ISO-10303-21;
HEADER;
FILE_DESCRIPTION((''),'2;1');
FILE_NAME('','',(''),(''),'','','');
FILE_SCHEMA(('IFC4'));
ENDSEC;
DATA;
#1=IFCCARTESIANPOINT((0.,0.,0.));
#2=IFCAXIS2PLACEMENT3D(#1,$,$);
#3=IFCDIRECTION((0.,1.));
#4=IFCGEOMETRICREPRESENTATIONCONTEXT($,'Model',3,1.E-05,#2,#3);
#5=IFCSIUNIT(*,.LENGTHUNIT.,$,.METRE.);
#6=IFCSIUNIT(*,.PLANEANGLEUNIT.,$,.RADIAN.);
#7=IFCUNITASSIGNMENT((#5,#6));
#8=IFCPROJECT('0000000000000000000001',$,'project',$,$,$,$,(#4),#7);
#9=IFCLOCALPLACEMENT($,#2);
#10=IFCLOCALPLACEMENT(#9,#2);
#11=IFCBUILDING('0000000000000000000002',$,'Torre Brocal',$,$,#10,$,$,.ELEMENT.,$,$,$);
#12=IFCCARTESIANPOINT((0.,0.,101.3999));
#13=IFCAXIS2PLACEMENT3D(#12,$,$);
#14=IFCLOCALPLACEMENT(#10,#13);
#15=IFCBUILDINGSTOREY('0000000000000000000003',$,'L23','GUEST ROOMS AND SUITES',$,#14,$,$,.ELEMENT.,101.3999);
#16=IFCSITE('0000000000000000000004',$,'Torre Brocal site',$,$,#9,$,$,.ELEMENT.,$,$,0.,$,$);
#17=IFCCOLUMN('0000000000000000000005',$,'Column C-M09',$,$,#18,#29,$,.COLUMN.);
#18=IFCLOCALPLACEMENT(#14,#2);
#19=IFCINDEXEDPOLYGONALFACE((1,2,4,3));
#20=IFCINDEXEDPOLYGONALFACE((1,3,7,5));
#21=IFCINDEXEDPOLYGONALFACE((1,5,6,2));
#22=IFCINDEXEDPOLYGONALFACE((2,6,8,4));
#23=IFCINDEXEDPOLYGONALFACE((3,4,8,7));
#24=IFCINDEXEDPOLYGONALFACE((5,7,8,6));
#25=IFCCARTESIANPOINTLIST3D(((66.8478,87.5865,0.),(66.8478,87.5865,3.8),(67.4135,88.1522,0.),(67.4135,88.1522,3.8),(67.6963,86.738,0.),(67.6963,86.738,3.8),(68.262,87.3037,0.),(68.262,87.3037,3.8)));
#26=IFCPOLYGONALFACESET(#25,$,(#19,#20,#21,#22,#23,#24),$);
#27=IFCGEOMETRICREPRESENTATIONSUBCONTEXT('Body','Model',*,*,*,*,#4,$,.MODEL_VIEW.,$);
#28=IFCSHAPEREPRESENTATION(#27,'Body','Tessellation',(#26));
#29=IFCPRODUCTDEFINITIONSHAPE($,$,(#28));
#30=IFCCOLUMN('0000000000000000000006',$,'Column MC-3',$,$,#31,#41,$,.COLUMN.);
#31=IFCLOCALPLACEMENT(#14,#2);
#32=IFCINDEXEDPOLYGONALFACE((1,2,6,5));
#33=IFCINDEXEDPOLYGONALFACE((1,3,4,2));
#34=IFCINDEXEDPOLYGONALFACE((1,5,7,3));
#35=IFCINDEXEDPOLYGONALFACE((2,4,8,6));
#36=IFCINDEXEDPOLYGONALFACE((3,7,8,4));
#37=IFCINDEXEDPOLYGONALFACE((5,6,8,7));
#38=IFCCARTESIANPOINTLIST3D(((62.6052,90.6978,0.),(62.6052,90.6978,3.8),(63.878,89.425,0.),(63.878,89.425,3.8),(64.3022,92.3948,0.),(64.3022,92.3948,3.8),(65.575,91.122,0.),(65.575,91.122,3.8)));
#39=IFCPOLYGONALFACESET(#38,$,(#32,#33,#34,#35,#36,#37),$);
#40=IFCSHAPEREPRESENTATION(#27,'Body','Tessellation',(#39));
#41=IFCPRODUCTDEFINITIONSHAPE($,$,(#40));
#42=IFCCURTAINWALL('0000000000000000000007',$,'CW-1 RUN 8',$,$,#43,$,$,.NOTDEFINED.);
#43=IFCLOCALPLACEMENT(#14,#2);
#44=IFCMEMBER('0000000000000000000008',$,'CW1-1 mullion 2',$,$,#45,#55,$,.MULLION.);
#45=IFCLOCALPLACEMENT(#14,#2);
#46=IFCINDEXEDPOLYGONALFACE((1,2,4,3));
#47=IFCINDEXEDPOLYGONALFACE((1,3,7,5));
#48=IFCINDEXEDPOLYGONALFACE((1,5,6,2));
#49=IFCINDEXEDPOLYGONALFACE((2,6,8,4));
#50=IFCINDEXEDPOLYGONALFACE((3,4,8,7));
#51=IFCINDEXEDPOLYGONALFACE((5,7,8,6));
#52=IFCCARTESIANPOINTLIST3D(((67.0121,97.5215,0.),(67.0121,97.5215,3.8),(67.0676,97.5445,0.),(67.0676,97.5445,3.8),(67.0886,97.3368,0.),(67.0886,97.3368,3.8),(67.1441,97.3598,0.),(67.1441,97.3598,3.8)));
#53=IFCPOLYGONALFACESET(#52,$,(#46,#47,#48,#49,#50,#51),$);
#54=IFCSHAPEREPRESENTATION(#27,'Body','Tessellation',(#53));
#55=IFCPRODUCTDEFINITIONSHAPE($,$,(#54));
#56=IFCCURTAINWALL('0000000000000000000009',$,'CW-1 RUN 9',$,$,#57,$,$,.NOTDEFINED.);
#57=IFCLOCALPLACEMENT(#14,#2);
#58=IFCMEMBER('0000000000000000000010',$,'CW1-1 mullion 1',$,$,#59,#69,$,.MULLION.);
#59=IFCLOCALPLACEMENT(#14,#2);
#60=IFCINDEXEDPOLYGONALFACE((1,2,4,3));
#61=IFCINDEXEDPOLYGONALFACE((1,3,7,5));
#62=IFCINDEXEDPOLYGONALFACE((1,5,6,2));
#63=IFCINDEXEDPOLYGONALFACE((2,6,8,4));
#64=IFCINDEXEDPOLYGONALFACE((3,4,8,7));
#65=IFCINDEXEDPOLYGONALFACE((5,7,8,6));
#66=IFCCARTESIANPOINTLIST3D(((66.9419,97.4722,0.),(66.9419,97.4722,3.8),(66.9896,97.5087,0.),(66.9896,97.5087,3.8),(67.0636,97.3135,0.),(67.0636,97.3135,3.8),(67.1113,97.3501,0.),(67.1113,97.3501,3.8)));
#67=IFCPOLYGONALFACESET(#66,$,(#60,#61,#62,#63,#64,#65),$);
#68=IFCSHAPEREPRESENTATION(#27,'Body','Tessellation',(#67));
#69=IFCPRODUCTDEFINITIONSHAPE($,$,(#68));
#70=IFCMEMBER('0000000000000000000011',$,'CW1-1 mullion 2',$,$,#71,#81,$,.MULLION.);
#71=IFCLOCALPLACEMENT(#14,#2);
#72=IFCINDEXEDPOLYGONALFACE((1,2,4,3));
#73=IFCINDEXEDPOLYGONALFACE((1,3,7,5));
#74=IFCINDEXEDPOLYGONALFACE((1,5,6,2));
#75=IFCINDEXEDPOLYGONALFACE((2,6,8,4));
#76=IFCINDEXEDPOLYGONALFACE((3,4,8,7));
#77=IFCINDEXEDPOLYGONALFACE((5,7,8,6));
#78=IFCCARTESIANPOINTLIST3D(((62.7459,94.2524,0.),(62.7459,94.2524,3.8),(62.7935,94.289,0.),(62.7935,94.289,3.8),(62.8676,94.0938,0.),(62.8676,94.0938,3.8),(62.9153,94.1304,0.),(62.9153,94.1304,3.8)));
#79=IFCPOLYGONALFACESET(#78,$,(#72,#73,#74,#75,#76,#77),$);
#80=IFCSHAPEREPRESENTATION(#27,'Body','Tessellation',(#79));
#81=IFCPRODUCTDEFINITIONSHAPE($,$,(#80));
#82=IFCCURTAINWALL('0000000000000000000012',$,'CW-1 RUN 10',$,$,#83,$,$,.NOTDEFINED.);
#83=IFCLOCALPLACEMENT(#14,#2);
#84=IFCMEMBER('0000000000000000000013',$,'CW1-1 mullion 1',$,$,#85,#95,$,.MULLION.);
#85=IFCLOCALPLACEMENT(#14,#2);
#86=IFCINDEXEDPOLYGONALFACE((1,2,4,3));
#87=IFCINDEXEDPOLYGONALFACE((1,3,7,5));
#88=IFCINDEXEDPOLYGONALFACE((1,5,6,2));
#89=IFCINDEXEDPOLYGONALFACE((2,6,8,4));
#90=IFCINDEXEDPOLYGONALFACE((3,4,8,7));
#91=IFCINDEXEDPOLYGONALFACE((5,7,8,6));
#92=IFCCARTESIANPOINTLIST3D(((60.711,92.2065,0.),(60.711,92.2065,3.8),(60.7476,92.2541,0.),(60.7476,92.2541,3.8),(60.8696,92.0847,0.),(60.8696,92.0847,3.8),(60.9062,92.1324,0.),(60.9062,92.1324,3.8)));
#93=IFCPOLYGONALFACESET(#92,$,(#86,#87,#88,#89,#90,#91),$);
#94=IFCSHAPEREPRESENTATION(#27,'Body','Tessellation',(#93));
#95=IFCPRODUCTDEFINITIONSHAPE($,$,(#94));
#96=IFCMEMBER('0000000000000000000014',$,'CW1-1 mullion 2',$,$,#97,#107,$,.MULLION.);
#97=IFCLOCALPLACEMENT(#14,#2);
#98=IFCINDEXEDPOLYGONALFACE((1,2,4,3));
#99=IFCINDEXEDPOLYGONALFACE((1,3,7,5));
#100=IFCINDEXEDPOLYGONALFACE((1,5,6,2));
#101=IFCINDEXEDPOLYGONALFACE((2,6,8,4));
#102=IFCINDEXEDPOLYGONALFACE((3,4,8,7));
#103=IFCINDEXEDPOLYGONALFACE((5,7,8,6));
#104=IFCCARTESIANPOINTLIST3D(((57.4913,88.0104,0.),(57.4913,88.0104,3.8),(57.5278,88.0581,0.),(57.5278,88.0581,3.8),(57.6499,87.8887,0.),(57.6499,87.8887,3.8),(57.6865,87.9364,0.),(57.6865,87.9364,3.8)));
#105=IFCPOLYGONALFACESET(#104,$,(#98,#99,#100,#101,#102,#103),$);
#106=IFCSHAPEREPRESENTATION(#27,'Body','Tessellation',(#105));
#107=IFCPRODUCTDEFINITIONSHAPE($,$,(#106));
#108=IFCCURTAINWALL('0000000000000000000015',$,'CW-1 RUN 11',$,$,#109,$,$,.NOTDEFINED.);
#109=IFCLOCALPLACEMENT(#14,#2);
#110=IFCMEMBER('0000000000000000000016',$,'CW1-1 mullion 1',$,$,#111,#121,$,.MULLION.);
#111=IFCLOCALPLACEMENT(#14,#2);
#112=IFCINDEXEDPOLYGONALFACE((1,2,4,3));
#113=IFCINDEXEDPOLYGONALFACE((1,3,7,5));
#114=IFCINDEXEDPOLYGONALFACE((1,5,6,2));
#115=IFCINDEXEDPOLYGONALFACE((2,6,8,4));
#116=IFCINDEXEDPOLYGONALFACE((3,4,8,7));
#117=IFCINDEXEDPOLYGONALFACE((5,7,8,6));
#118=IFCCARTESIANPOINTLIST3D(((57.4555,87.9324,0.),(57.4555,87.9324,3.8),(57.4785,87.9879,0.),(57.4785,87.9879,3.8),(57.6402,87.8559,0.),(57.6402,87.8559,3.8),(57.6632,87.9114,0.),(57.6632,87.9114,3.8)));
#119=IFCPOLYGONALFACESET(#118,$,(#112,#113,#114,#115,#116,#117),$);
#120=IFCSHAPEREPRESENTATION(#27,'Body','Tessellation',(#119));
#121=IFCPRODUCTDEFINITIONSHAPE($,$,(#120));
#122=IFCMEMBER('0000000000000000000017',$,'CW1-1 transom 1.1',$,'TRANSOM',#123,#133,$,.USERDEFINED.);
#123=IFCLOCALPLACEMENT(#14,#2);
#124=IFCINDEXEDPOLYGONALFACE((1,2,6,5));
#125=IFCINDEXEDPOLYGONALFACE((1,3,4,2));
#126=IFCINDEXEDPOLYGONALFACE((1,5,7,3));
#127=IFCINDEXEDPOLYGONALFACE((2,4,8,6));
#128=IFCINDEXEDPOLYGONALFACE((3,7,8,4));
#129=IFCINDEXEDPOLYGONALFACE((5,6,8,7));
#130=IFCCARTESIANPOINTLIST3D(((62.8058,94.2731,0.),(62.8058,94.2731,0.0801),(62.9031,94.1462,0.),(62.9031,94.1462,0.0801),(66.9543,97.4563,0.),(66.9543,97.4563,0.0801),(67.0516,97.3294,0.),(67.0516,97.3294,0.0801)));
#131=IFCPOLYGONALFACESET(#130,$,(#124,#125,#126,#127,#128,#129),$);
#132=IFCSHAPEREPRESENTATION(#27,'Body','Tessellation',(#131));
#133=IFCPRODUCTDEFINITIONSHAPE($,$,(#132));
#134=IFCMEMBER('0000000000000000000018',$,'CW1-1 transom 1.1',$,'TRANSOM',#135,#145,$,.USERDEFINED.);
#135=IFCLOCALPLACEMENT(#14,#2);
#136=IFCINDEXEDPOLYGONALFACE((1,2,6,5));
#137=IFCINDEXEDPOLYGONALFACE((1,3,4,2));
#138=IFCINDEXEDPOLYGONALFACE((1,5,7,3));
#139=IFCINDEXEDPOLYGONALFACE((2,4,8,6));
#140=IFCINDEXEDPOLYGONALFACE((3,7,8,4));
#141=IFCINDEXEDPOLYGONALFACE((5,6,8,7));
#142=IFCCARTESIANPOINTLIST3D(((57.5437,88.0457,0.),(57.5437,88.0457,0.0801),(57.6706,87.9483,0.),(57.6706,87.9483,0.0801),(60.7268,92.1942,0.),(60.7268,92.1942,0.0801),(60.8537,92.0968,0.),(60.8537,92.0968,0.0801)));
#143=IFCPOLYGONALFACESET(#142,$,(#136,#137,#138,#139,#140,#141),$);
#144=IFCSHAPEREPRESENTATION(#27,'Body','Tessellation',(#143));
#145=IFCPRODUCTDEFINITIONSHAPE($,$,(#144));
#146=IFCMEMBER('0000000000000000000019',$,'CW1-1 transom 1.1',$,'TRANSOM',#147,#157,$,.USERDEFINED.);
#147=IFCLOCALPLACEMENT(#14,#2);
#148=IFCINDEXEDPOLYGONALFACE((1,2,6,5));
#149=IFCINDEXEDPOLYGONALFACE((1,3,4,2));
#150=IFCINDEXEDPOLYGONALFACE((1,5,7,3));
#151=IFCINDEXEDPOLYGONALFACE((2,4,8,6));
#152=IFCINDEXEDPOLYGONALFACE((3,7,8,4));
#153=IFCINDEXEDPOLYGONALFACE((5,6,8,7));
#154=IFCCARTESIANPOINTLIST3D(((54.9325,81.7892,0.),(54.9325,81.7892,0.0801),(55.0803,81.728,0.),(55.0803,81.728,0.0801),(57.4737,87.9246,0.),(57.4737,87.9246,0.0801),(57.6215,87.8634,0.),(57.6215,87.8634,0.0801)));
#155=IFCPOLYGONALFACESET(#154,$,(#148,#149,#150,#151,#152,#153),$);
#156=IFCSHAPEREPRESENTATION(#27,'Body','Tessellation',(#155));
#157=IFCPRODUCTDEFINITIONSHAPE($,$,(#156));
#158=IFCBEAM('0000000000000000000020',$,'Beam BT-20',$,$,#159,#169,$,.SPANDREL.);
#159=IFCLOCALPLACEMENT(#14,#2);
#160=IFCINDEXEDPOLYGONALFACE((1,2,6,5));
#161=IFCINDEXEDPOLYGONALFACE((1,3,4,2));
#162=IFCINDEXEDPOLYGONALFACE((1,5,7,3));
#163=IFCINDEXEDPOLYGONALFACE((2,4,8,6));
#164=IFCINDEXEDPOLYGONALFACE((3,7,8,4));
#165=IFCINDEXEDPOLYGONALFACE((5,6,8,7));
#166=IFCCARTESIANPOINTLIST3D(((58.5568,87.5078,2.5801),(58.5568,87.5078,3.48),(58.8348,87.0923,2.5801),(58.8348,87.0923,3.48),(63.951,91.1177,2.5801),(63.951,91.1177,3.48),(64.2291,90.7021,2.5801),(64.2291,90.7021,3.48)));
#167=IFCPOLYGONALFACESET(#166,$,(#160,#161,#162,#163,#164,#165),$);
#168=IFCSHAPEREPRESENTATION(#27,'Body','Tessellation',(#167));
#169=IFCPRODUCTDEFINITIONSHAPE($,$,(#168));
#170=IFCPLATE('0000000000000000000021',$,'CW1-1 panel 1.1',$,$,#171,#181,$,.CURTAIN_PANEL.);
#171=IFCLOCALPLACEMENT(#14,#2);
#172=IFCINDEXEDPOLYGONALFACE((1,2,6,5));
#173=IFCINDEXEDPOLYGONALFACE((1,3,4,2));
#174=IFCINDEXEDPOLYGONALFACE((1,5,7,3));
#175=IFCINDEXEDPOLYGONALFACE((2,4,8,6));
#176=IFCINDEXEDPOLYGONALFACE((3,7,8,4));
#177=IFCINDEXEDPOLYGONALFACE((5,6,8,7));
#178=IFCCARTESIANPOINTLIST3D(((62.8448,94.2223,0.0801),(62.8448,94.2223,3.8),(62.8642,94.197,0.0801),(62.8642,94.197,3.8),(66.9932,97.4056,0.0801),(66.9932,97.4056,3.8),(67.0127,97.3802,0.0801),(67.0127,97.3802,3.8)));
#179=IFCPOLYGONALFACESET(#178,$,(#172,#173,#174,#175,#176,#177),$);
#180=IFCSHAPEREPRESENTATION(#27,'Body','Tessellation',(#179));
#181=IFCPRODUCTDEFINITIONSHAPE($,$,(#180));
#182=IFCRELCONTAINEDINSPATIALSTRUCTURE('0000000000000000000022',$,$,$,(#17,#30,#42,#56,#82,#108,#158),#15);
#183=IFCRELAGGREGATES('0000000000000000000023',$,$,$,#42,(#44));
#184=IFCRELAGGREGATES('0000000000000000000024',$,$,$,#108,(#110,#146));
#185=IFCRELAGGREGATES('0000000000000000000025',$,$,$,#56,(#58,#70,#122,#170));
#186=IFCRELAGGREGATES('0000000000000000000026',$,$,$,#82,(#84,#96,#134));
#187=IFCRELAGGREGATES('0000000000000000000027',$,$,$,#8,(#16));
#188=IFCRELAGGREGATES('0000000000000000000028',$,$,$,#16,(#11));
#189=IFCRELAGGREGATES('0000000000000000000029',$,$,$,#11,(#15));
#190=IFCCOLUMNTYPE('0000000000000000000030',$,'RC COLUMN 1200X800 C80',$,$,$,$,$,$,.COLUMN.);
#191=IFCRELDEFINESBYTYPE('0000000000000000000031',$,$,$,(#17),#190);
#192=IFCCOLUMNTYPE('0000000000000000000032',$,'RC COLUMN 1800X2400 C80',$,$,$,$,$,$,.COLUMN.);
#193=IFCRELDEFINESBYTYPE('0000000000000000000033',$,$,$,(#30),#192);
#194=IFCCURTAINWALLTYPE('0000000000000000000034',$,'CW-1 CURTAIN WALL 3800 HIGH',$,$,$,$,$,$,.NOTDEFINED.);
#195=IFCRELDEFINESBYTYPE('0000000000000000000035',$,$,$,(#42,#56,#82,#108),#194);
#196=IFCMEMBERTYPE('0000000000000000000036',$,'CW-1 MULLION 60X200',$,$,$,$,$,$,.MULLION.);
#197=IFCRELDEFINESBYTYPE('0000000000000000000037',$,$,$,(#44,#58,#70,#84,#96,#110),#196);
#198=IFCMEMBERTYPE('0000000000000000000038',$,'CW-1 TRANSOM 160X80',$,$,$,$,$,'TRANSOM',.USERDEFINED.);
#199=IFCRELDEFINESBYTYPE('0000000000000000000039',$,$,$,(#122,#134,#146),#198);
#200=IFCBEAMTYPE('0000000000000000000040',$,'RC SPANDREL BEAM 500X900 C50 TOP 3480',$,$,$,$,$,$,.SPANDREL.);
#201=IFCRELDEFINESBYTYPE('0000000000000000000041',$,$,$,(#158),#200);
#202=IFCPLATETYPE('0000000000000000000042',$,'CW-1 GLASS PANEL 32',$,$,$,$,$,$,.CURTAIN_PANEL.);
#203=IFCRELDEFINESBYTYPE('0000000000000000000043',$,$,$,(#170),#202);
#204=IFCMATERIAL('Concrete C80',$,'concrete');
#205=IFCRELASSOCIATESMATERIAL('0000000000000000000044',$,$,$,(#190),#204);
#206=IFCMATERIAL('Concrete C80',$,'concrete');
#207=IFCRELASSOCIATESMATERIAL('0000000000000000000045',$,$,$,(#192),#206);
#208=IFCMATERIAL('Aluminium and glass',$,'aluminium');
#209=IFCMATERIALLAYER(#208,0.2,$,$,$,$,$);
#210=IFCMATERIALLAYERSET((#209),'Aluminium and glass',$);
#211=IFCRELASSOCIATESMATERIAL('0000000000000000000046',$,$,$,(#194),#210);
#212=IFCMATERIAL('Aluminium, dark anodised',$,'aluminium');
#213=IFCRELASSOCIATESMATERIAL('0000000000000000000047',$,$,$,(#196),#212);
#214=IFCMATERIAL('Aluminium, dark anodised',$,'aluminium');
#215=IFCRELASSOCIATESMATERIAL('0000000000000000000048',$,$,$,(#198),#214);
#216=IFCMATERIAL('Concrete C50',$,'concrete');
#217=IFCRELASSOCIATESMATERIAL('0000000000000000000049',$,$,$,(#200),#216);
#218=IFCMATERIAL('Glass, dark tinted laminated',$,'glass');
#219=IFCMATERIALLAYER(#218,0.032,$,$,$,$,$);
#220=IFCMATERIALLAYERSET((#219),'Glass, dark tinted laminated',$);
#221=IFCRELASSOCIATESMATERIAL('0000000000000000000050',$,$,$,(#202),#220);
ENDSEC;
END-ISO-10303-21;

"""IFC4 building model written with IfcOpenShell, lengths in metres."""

from ifc_helpers import new_model, si_unit, direction, frame, origin, origin_2d, place, context, subcontext, project, spatial, rectangle, extrude, material, layer, layer_set, material_profile, profile_set, type_object, element, aggregate, save


model = new_model("IFC4")

# Units and contexts
model_context = context("Model", 3, precision=1e-05, world=origin(), true_north=direction((0.0, 1.0)))
body_context = subcontext(model_context, "Body", "Model", "MODEL_VIEW")
ifc_project = project(units=[si_unit("LENGTHUNIT", "METRE"), si_unit("PLANEANGLEUNIT", "RADIAN")], contexts=[model_context])

# Site, building, storey
site_placement = place(None, origin())
site = spatial("IfcSite", under=ifc_project, at=site_placement, Name="Torre Brocal site", CompositionType="ELEMENT", RefElevation=0.0)
building_placement = place(site_placement, origin())
building = spatial("IfcBuilding", under=site, at=building_placement, Name="Torre Brocal", CompositionType="ELEMENT")
storey_placement = place(building_placement, frame((0.0, 0.0, 101.3999)))
storey = spatial("IfcBuildingStorey", under=building, at=storey_placement, Name="L23", Description="GUEST ROOMS AND SUITES", CompositionType="ELEMENT", Elevation=101.3999)

# Columns
ifc_material_1 = material(Name="Concrete C80", Category="concrete")
ifc_material_profile_1 = material_profile(ifc_material_1, rectangle(XDim=1.2, YDim=0.8, at=origin_2d()), Name="RC 1200X800")
ifc_profile_set_1 = profile_set([ifc_material_profile_1], Name="Concrete C80")
column_type_1 = type_object("IfcColumnType", Name="RC COLUMN 1200X800 C80", PredefinedType="COLUMN", material=ifc_profile_set_1)
column_1_placement = place(storey_placement, frame((67.5549, 87.4451, 0.0), z_axis=(0.0, 0.0, 1.0), x_axis=(-0.707107, 0.707107, 0.0)))
element("IfcColumn", 1, at=column_1_placement, inside=storey, type_object=column_type_1, Name="Column C-M09", PredefinedType="COLUMN", context=body_context, shape_type="SweptSolid", body=[
    extrude(rectangle(XDim=1.2, YDim=0.8, at=origin_2d()), origin(), (0.0, 0.0, 1.0), 3.8),
])
ifc_material_2 = material(Name="Concrete C80", Category="concrete")
ifc_material_profile_2 = material_profile(ifc_material_2, rectangle(XDim=1.8, YDim=2.3999, at=origin_2d()), Name="RC 1800X2400")
ifc_profile_set_2 = profile_set([ifc_material_profile_2], Name="Concrete C80")
column_type_2 = type_object("IfcColumnType", Name="RC COLUMN 1800X2400 C80", PredefinedType="COLUMN", material=ifc_profile_set_2)
column_2_placement = place(storey_placement, frame((64.0901, 90.9099, 0.0), z_axis=(0.0, 0.0, 1.0), x_axis=(-0.707107, 0.707107, 0.0)))
element("IfcColumn", 2, at=column_2_placement, inside=storey, type_object=column_type_2, Name="Column MC-3", PredefinedType="COLUMN", context=body_context, shape_type="SweptSolid", body=[
    extrude(rectangle(XDim=1.8, YDim=2.3999, at=origin_2d()), origin(), (0.0, 0.0, 1.0), 3.8),
])

# Curtain wall, member
ifc_material_3 = material(Name="Aluminium and glass", Category="aluminium")
ifc_layer_1 = layer(ifc_material_3, 0.2)
ifc_layer_set_1 = layer_set([ifc_layer_1], Name="Aluminium and glass")
curtain_wall_type = type_object("IfcCurtainWallType", Name="CW-1 CURTAIN WALL 3800 HIGH", PredefinedType="NOTDEFINED", material=ifc_layer_set_1)
curtain_wall_1_placement = place(storey_placement, origin())
curtain_wall_1 = element("IfcCurtainWall", 3, at=curtain_wall_1_placement, inside=storey, type_object=curtain_wall_type, Name="CW-1 RUN 8", PredefinedType="NOTDEFINED")
ifc_material_4 = material(Name="Aluminium, dark anodised", Category="aluminium")
ifc_material_profile_3 = material_profile(ifc_material_4, rectangle(XDim=0.2, YDim=0.0601, at=origin_2d()), Name="CW-1 MULLION 60X200")
ifc_profile_set_3 = profile_set([ifc_material_profile_3], Name="Aluminium, dark anodised")
member_type_1 = type_object("IfcMemberType", Name="CW-1 MULLION 60X200", PredefinedType="MULLION", material=ifc_profile_set_3)
member_1_placement = place(storey_placement, frame((67.0781, 97.4407, 0.0), z_axis=(0.0, 0.0, 1.0), x_axis=(0.382683, -0.92388, 0.0)))
member_1 = element("IfcMember", 4, at=member_1_placement, type_object=member_type_1, Name="CW1-1 mullion 2", PredefinedType="MULLION", context=body_context, shape_type="SweptSolid", body=[
    extrude(rectangle(XDim=0.2, YDim=0.0601, at=origin_2d()), origin(), (0.0, 0.0, 1.0), 3.8),
])
aggregate(curtain_wall_1, [member_1])

# Curtain walls, members
curtain_wall_2_placement = place(storey_placement, origin())
curtain_wall_2 = element("IfcCurtainWall", 5, at=curtain_wall_2_placement, inside=storey, type_object=curtain_wall_type, Name="CW-1 RUN 9", PredefinedType="NOTDEFINED")
member_2_placement = place(storey_placement, frame((67.0266, 97.4111, 0.0), z_axis=(0.0, 0.0, 1.0), x_axis=(0.608761, -0.793353, 0.0)))
member_2 = element("IfcMember", 6, at=member_2_placement, type_object=member_type_1, Name="CW1-1 mullion 1", PredefinedType="MULLION", context=body_context, shape_type="SweptSolid", body=[
    extrude(rectangle(XDim=0.2, YDim=0.0601, at=origin_2d()), origin(), (0.0, 0.0, 1.0), 3.8),
])
member_3_placement = place(storey_placement, frame((62.8306, 94.1914, 0.0), z_axis=(0.0, 0.0, 1.0), x_axis=(0.608761, -0.793353, 0.0)))
member_3 = element("IfcMember", 7, at=member_3_placement, type_object=member_type_1, Name="CW1-1 mullion 2", PredefinedType="MULLION", context=body_context, shape_type="SweptSolid", body=[
    extrude(rectangle(XDim=0.2, YDim=0.0601, at=origin_2d()), origin(), (0.0, 0.0, 1.0), 3.8),
])
curtain_wall_3_placement = place(storey_placement, origin())
curtain_wall_3 = element("IfcCurtainWall", 8, at=curtain_wall_3_placement, inside=storey, type_object=curtain_wall_type, Name="CW-1 RUN 10", PredefinedType="NOTDEFINED")
member_4_placement = place(storey_placement, frame((60.8086, 92.1694, 0.0), z_axis=(0.0, 0.0, 1.0), x_axis=(0.793353, -0.608761, 0.0)))
member_4 = element("IfcMember", 9, at=member_4_placement, type_object=member_type_1, Name="CW1-1 mullion 1", PredefinedType="MULLION", context=body_context, shape_type="SweptSolid", body=[
    extrude(rectangle(XDim=0.2, YDim=0.0601, at=origin_2d()), origin(), (0.0, 0.0, 1.0), 3.8),
])
member_5_placement = place(storey_placement, frame((57.5889, 87.9734, 0.0), z_axis=(0.0, 0.0, 1.0), x_axis=(0.793353, -0.608761, 0.0)))
member_5 = element("IfcMember", 10, at=member_5_placement, type_object=member_type_1, Name="CW1-1 mullion 2", PredefinedType="MULLION", context=body_context, shape_type="SweptSolid", body=[
    extrude(rectangle(XDim=0.2, YDim=0.0601, at=origin_2d()), origin(), (0.0, 0.0, 1.0), 3.8),
])

# Curtain wall, member
curtain_wall_4_placement = place(storey_placement, origin())
curtain_wall_4 = element("IfcCurtainWall", 11, at=curtain_wall_4_placement, inside=storey, type_object=curtain_wall_type, Name="CW-1 RUN 11", PredefinedType="NOTDEFINED")
member_6_placement = place(storey_placement, frame((57.5593, 87.9219, 0.0), z_axis=(0.0, 0.0, 1.0), x_axis=(0.92388, -0.382683, 0.0)))
member_6 = element("IfcMember", 12, at=member_6_placement, type_object=member_type_1, Name="CW1-1 mullion 1", PredefinedType="MULLION", context=body_context, shape_type="SweptSolid", body=[
    extrude(rectangle(XDim=0.2, YDim=0.0601, at=origin_2d()), origin(), (0.0, 0.0, 1.0), 3.8),
])

# Members
ifc_material_5 = material(Name="Aluminium, dark anodised", Category="aluminium")
ifc_material_profile_4 = material_profile(ifc_material_5, rectangle(XDim=0.1599, YDim=0.0801, at=origin_2d()), Name="CW-1 TRANSOM 160X80")
ifc_profile_set_4 = profile_set([ifc_material_profile_4], Name="Aluminium, dark anodised")
member_type_2 = type_object("IfcMemberType", Name="CW-1 TRANSOM 160X80", ElementType="TRANSOM", PredefinedType="USERDEFINED", material=ifc_profile_set_4)
member_7_placement = place(storey_placement, frame((67.0029, 97.3928, 0.04), z_axis=(-0.793363, -0.608749, 0.0), x_axis=(0.608749, -0.793363, 0.0)))
member_7 = element("IfcMember", 13, at=member_7_placement, type_object=member_type_2, Name="CW1-1 transom 1.1", ObjectType="TRANSOM", PredefinedType="USERDEFINED", context=body_context, shape_type="SweptSolid", body=[
    extrude(rectangle(XDim=0.1599, YDim=0.0801, at=origin_2d()), origin(), (0.0, 0.0, 1.0), 5.229),
])
member_8_placement = place(storey_placement, frame((60.7903, 92.1455, 0.04), z_axis=(-0.608749, -0.793363, 0.0), x_axis=(0.793363, -0.608749, 0.0)))
member_8 = element("IfcMember", 14, at=member_8_placement, type_object=member_type_2, Name="CW1-1 transom 1.1", ObjectType="TRANSOM", PredefinedType="USERDEFINED", context=body_context, shape_type="SweptSolid", body=[
    extrude(rectangle(XDim=0.1599, YDim=0.0801, at=origin_2d()), origin(), (0.0, 0.0, 1.0), 5.229),
])
member_9_placement = place(storey_placement, frame((57.5476, 87.894, 0.04), z_axis=(-0.382665, -0.923887, 0.0), x_axis=(0.923887, -0.382665, 0.0)))
member_9 = element("IfcMember", 15, at=member_9_placement, type_object=member_type_2, Name="CW1-1 transom 1.1", ObjectType="TRANSOM", PredefinedType="USERDEFINED", context=body_context, shape_type="SweptSolid", body=[
    extrude(rectangle(XDim=0.1599, YDim=0.0801, at=origin_2d()), origin(), (0.0, 0.0, 1.0), 6.6409),
])
aggregate(curtain_wall_4, [member_6, member_9])

# Beam
ifc_material_6 = material(Name="Concrete C50", Category="concrete")
ifc_material_profile_5 = material_profile(ifc_material_6, rectangle(XDim=0.5, YDim=0.8999, at=origin_2d()), Name="RC 500X900")
ifc_profile_set_5 = profile_set([ifc_material_profile_5], Name="Concrete C50")
beam_type = type_object("IfcBeamType", Name="RC SPANDREL BEAM 500X900 C50 TOP 3480", PredefinedType="SPANDREL", material=ifc_profile_set_5)
beam_placement = place(storey_placement, frame((64.0901, 90.9099, 3.03), z_axis=(-0.831077, -0.556158, 0.0), x_axis=(0.556158, -0.831077, 0.0)))
element("IfcBeam", 16, at=beam_placement, inside=storey, type_object=beam_type, Name="Beam BT-20", PredefinedType="SPANDREL", context=body_context, shape_type="SweptSolid", body=[
    extrude(rectangle(XDim=0.5, YDim=0.8999, at=origin_2d()), origin(), (0.0, 0.0, 1.0), 6.4907),
])

# Plate
ifc_material_7 = material(Name="Glass, dark tinted laminated", Category="glass")
ifc_layer_2 = layer(ifc_material_7, 0.032)
ifc_layer_set_2 = layer_set([ifc_layer_2], Name="Glass, dark tinted laminated")
plate_type = type_object("IfcPlateType", Name="CW-1 GLASS PANEL 32", PredefinedType="CURTAIN_PANEL", material=ifc_layer_set_2)
plate_1_placement = place(storey_placement, frame((64.9287, 95.8013, 0.0801), z_axis=(0.0, 0.0, 1.0), x_axis=(-0.793353, -0.608761, 0.0)))
plate_1 = element("IfcPlate", 17, at=plate_1_placement, type_object=plate_type, Name="CW1-1 panel 1.1", PredefinedType="CURTAIN_PANEL", context=body_context, shape_type="SweptSolid", body=[
    extrude(rectangle(XDim=5.229, YDim=0.032, at=origin_2d()), origin(), (0.0, 0.0, 1.0), 3.72),
])
aggregate(curtain_wall_2, [member_2, member_3, member_7, plate_1])
aggregate(curtain_wall_3, [member_4, member_5, member_8])

save(model, "model.ifc")
